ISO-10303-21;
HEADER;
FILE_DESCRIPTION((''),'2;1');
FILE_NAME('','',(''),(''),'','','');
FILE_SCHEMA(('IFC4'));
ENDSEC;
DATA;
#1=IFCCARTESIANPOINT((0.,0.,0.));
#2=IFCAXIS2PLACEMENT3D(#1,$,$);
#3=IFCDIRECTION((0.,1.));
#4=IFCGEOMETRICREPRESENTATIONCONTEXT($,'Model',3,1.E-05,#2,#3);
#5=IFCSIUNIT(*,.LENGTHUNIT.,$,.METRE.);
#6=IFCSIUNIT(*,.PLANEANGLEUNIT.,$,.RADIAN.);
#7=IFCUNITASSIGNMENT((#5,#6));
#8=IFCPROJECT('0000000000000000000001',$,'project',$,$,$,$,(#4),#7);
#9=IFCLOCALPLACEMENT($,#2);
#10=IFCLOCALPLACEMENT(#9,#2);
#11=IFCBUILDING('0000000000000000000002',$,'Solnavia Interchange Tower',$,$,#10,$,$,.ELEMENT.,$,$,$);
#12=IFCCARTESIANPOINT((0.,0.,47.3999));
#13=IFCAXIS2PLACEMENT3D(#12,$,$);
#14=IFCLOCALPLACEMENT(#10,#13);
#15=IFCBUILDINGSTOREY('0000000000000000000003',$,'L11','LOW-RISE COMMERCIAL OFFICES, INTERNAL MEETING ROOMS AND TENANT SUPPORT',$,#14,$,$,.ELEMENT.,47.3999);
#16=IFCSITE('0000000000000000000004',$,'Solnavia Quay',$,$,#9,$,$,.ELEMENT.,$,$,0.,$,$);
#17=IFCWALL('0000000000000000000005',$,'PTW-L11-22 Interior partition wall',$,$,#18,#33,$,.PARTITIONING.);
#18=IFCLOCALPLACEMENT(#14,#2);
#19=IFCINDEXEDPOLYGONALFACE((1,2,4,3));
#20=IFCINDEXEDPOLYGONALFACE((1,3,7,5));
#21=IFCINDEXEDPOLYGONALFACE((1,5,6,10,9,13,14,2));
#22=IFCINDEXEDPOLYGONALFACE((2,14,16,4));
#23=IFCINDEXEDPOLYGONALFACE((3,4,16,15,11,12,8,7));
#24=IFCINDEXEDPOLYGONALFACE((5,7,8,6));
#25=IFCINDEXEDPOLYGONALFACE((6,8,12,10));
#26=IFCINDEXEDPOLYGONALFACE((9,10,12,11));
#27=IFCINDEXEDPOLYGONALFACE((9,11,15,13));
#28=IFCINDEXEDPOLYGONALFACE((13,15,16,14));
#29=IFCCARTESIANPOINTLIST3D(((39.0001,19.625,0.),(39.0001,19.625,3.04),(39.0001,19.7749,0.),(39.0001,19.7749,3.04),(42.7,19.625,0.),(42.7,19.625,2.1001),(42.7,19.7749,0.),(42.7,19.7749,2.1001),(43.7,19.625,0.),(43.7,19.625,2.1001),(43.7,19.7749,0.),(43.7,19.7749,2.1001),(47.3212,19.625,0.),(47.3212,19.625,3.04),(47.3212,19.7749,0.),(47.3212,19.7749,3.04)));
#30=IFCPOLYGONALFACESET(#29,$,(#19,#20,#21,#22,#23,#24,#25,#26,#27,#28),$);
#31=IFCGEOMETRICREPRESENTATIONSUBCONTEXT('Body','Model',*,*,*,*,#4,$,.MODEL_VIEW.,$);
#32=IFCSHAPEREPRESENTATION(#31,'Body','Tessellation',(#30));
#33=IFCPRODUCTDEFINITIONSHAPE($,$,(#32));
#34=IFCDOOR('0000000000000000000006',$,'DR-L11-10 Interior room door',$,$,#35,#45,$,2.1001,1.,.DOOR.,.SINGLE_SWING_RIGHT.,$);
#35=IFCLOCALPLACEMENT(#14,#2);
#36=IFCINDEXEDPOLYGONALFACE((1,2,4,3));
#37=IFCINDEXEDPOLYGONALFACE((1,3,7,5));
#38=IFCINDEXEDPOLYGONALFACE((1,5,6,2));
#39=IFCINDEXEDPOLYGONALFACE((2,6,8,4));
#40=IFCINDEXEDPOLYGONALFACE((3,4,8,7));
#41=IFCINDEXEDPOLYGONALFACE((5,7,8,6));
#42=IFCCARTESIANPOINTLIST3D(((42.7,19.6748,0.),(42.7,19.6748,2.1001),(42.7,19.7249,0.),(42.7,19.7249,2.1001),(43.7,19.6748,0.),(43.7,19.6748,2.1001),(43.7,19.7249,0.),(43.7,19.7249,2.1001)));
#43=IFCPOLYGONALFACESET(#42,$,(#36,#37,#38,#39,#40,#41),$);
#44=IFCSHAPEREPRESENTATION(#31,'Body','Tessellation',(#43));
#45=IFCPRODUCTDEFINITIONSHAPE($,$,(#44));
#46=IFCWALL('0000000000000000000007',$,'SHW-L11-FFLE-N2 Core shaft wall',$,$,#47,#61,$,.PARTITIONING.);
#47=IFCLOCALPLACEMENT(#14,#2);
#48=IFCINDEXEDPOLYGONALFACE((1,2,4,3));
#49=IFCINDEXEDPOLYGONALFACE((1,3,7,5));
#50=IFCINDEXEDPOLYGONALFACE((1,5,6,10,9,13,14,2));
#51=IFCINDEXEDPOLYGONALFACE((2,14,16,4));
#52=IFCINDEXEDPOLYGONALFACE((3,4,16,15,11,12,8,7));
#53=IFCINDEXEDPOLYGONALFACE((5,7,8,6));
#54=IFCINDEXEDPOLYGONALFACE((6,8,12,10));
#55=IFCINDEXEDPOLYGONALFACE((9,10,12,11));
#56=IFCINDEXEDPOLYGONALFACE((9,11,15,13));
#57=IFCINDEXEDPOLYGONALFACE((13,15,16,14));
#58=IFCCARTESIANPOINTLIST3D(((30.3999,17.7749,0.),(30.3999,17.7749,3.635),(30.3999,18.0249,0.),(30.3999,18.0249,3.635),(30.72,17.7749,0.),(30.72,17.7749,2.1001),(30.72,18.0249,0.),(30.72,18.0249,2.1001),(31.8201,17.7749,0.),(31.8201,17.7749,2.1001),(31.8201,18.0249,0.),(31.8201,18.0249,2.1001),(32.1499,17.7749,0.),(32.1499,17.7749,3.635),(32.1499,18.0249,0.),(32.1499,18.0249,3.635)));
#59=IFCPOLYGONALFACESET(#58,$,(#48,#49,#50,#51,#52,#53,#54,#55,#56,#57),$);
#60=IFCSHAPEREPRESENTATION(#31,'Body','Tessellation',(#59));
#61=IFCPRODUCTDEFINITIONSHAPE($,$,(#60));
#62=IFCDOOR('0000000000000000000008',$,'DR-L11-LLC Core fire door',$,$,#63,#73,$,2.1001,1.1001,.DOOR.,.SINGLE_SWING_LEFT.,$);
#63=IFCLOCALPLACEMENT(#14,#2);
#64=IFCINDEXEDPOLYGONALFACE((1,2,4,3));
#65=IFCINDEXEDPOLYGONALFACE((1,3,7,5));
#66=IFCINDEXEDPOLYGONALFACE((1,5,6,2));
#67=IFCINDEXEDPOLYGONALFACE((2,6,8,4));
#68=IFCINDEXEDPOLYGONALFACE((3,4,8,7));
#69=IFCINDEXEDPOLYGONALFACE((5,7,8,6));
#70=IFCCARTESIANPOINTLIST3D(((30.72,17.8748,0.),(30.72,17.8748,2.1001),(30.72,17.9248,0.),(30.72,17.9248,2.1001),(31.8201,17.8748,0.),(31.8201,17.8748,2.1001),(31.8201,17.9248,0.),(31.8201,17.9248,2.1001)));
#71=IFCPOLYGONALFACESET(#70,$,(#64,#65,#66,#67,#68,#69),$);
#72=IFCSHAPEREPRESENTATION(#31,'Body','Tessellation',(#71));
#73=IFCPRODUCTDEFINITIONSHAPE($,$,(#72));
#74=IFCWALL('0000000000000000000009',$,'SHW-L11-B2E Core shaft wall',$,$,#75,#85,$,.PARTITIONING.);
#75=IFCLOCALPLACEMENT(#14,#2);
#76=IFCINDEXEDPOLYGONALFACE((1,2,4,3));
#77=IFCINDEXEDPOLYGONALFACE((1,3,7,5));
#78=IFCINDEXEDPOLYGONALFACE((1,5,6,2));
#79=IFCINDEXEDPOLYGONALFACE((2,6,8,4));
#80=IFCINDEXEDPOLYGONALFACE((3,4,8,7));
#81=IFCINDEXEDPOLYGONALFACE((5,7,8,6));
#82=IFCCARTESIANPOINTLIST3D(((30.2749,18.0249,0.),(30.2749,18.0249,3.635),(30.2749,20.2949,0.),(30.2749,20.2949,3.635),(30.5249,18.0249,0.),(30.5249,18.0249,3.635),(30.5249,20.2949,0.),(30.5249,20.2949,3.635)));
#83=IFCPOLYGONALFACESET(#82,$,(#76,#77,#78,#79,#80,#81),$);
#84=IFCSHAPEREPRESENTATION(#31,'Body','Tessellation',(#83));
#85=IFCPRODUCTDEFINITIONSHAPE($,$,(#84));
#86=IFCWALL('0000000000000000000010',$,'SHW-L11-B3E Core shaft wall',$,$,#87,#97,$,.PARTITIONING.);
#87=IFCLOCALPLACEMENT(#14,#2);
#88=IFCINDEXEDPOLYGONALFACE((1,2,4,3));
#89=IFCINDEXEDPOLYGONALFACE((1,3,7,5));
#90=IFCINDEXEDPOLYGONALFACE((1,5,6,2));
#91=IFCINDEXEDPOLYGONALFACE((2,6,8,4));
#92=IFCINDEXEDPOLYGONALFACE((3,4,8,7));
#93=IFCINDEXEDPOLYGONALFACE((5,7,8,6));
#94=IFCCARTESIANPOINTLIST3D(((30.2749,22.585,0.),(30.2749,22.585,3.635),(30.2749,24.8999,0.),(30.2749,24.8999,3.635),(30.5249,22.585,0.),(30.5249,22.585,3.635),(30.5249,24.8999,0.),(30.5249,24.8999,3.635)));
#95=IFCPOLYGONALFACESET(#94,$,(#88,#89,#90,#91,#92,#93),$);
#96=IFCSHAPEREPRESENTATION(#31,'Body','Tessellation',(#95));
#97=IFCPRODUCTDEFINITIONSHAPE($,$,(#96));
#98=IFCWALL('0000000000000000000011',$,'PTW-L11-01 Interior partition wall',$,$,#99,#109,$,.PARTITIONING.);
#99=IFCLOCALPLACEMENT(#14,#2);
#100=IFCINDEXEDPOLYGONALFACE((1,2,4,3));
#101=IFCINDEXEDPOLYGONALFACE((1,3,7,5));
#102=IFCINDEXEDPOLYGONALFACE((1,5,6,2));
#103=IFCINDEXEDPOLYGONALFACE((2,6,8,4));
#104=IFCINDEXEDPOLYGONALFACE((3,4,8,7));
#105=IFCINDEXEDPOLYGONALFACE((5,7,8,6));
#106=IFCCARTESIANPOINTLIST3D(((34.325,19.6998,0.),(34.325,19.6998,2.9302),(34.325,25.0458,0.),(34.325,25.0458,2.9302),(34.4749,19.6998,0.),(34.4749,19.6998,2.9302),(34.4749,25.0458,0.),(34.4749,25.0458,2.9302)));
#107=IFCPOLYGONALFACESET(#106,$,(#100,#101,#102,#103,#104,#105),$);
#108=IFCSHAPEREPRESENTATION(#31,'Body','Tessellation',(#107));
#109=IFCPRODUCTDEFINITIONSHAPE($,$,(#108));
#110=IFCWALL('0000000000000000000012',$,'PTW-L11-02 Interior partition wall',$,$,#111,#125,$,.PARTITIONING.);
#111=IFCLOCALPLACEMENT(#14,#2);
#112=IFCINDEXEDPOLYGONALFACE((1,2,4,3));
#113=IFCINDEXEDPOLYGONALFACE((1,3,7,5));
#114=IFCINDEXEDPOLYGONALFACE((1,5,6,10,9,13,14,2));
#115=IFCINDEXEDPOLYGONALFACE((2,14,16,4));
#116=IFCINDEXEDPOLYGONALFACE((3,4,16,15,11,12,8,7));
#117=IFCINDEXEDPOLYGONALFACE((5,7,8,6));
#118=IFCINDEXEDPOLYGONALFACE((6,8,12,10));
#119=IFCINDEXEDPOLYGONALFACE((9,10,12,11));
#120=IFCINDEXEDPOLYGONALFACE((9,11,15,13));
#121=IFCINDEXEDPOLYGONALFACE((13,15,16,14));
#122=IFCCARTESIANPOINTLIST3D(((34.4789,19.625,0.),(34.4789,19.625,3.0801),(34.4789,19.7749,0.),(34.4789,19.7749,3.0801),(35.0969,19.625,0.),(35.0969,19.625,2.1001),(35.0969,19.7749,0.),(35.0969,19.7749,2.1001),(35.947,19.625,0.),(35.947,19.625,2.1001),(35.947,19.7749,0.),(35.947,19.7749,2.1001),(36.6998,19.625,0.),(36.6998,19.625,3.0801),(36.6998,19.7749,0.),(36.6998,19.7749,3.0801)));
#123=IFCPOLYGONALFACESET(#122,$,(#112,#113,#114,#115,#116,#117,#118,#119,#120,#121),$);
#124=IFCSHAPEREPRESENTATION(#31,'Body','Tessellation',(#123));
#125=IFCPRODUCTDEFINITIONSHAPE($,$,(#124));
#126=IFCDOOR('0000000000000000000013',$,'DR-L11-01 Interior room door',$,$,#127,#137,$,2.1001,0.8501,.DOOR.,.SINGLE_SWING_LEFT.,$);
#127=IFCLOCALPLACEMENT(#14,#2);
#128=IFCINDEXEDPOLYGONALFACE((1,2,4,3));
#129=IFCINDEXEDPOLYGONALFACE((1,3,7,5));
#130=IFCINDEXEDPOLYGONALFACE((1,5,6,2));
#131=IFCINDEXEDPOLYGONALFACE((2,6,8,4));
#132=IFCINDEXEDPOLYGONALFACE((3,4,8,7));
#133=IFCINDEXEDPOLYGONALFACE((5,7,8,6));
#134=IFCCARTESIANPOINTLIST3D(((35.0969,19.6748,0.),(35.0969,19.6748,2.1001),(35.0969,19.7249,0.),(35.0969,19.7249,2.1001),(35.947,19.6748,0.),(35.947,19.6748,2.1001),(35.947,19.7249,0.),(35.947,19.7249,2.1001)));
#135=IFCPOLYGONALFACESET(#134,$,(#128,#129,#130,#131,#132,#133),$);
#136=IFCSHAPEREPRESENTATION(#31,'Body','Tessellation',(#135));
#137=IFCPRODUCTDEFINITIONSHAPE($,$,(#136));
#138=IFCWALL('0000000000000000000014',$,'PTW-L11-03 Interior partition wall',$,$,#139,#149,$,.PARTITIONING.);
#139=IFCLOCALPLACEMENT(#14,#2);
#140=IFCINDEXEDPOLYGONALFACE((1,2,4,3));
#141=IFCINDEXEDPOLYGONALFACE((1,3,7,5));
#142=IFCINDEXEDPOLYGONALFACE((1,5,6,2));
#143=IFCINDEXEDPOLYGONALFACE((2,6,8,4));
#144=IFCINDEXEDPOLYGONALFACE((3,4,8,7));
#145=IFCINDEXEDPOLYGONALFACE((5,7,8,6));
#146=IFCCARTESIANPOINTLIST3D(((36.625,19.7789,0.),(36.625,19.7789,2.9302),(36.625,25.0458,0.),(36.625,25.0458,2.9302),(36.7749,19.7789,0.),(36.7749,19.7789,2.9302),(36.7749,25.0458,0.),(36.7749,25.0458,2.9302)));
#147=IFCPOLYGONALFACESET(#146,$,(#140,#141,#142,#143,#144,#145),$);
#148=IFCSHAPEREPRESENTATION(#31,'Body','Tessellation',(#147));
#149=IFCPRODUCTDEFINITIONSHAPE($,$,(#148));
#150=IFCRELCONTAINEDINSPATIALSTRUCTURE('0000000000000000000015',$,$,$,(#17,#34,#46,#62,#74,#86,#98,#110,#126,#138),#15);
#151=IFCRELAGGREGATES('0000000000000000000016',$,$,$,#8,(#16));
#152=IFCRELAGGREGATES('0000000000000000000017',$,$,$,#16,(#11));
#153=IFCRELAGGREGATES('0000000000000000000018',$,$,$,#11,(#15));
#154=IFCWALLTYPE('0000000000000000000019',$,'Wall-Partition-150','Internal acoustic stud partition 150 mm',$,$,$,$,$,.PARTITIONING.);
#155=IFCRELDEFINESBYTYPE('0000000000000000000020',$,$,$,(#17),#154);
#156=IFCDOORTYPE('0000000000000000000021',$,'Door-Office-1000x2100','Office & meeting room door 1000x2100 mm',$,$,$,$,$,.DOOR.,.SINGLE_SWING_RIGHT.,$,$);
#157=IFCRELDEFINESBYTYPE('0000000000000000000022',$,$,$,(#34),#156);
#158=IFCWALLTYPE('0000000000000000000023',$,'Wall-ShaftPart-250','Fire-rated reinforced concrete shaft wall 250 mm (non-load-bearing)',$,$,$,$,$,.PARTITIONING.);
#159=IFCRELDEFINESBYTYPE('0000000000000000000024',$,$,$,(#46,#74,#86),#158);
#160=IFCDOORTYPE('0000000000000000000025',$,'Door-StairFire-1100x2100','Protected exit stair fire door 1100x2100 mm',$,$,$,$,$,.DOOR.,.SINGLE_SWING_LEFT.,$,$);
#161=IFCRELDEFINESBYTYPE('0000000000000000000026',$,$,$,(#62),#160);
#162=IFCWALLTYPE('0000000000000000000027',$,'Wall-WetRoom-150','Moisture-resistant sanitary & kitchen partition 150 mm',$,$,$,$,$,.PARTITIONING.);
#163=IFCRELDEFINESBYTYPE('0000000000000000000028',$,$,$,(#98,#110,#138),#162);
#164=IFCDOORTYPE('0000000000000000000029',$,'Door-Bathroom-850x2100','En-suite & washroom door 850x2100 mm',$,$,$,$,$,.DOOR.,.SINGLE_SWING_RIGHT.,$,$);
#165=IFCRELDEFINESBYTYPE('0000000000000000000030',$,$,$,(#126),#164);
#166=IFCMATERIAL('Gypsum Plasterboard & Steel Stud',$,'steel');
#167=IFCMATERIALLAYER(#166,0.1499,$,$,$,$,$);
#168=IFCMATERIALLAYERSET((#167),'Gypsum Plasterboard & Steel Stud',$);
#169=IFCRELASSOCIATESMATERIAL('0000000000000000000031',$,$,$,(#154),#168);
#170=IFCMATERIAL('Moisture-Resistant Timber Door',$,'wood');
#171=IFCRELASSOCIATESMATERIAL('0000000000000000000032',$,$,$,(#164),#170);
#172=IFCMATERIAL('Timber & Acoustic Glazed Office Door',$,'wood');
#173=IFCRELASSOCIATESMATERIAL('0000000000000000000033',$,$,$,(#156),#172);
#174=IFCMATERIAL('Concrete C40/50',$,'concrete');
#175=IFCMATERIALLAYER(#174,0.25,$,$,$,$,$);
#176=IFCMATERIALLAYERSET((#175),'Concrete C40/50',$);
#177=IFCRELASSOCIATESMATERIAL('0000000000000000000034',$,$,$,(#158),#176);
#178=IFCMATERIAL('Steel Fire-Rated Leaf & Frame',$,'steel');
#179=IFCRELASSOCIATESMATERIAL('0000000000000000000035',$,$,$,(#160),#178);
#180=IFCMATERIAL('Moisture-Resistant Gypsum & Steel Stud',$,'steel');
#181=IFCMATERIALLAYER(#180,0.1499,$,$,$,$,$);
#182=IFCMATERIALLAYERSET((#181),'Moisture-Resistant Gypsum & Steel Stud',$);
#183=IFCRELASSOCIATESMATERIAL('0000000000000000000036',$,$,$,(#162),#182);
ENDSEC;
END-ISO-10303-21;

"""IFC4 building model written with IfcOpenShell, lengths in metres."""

from ifc_helpers import new_model, si_unit, direction, frame, frame_2d, origin, place, context, subcontext, project, spatial, rectangle, extrude, material, layer, layer_set, type_object, element, fill, save


model = new_model("IFC4")

# Units and contexts
model_context = context("Model", 3, precision=1e-05, world=origin(), true_north=direction((0.0, 1.0)))
body_context = subcontext(model_context, "Body", "Model", "MODEL_VIEW")
ifc_project = project(units=[si_unit("LENGTHUNIT", "METRE"), si_unit("PLANEANGLEUNIT", "RADIAN")], contexts=[model_context])

# Site, building, storey
site_placement = place(None, origin())
site = spatial("IfcSite", under=ifc_project, at=site_placement, Name="Solnavia Quay", CompositionType="ELEMENT", RefElevation=0.0)
building_placement = place(site_placement, origin())
building = spatial("IfcBuilding", under=site, at=building_placement, Name="Solnavia Interchange Tower", CompositionType="ELEMENT")
storey_placement = place(building_placement, frame((0.0, 0.0, 47.3999)))
storey = spatial("IfcBuildingStorey", under=building, at=storey_placement, Name="L11", Description="LOW-RISE COMMERCIAL OFFICES, INTERNAL MEETING ROOMS AND TENANT SUPPORT", CompositionType="ELEMENT", Elevation=47.3999)

# Shared definitions
ifc_material_1 = material(Name="Concrete C40/50", Category="concrete")

# Walls, openings, doors
ifc_material_2 = material(Name="Gypsum Plasterboard & Steel Stud", Category="steel")
ifc_layer_1 = layer(ifc_material_2, 0.1499)
ifc_layer_set_1 = layer_set([ifc_layer_1], Name="Gypsum Plasterboard & Steel Stud")
wall_type_1 = type_object("IfcWallType", Name="Wall-Partition-150", Description="Internal acoustic stud partition 150 mm", PredefinedType="PARTITIONING", material=ifc_layer_set_1)
ifc_material_3 = material(Name="Moisture-Resistant Timber Door", Category="wood")
door_type_1 = type_object("IfcDoorType", Name="Door-Bathroom-850x2100", Description="En-suite & washroom door 850x2100 mm", OperationType="SINGLE_SWING_RIGHT", PredefinedType="DOOR", material=ifc_material_3)
wall_1_placement = place(storey_placement, frame((39.0, 19.7, 0.0), z_axis=(0.0, 0.0, 1.0), x_axis=(1.0, 0.0, 0.0)))
wall_1 = element("IfcWall", 1, at=wall_1_placement, inside=storey, type_object=wall_type_1, Name="PTW-L11-22 Interior partition wall", PredefinedType="PARTITIONING", context=body_context, shape_type="SweptSolid", body=[
    extrude(rectangle(XDim=8.321, YDim=0.1499, at=frame_2d((4.1606, 0.0))), origin(), (0.0, 0.0, 1.0), 3.04),
])
opening_1_placement = place(wall_1_placement, frame((3.7, 0.0, 0.0)))
opening_1 = element("IfcOpeningElement", 2, at=opening_1_placement, cuts=wall_1, PredefinedType="OPENING", context=body_context, shape_type="SweptSolid", body=[
    extrude(rectangle(XDim=1.0, YDim=2.1001, at=frame_2d((0.5, 1.05))), frame((0.0, 0.085, 0.0), z_axis=(0.0, -1.0, 0.0), x_axis=(1.0, 0.0, 0.0)), (0.0, 0.0, 1.0), 0.1699),
])
ifc_material_4 = material(Name="Timber & Acoustic Glazed Office Door", Category="wood")
door_type_2 = type_object("IfcDoorType", Name="Door-Office-1000x2100", Description="Office & meeting room door 1000x2100 mm", OperationType="SINGLE_SWING_RIGHT", PredefinedType="DOOR", material=ifc_material_4)
door_1_placement = place(opening_1_placement, origin())
door_1 = element("IfcDoor", 3, at=door_1_placement, inside=storey, type_object=door_type_2, Name="DR-L11-10 Interior room door", OperationType="SINGLE_SWING_RIGHT", OverallHeight=2.1001, OverallWidth=1.0, PredefinedType="DOOR", context=body_context, shape_type="SweptSolid", body=[
    extrude(rectangle(XDim=1.0, YDim=2.1001, at=frame_2d((0.5, 1.05))), frame((0.0, 0.0249, 0.0), z_axis=(0.0, -1.0, 0.0), x_axis=(1.0, 0.0, 0.0)), (0.0, 0.0, 1.0), 0.05),
])
fill(opening_1, door_1)
ifc_layer_2 = layer(ifc_material_1, 0.25)
ifc_layer_set_2 = layer_set([ifc_layer_2], Name="Concrete C40/50")
wall_type_2 = type_object("IfcWallType", Name="Wall-ShaftPart-250", Description="Fire-rated reinforced concrete shaft wall 250 mm (non-load-bearing)", PredefinedType="PARTITIONING", material=ifc_layer_set_2)
wall_2_placement = place(storey_placement, frame((30.3999, 17.8999, 0.0), z_axis=(0.0, 0.0, 1.0), x_axis=(1.0, 0.0, 0.0)))
wall_2 = element("IfcWall", 4, at=wall_2_placement, inside=storey, type_object=wall_type_2, Name="SHW-L11-FFLE-N2 Core shaft wall", PredefinedType="PARTITIONING", context=body_context, shape_type="SweptSolid", body=[
    extrude(rectangle(XDim=1.75, YDim=0.25, at=frame_2d((0.875, 0.0))), origin(), (0.0, 0.0, 1.0), 3.635),
])
opening_2_placement = place(wall_2_placement, frame((0.3201, 0.0, 0.0)))
opening_2 = element("IfcOpeningElement", 5, at=opening_2_placement, cuts=wall_2, PredefinedType="OPENING", context=body_context, shape_type="SweptSolid", body=[
    extrude(rectangle(XDim=1.1001, YDim=2.1001, at=frame_2d((0.55, 1.05))), frame((0.0, 0.135, 0.0), z_axis=(0.0, -1.0, 0.0), x_axis=(1.0, 0.0, 0.0)), (0.0, 0.0, 1.0), 0.27),
])
ifc_material_5 = material(Name="Steel Fire-Rated Leaf & Frame", Category="steel")
door_type_3 = type_object("IfcDoorType", Name="Door-StairFire-1100x2100", Description="Protected exit stair fire door 1100x2100 mm", OperationType="SINGLE_SWING_LEFT", PredefinedType="DOOR", material=ifc_material_5)
door_2_placement = place(opening_2_placement, origin())
door_2 = element("IfcDoor", 6, at=door_2_placement, inside=storey, type_object=door_type_3, Name="DR-L11-LLC Core fire door", OperationType="SINGLE_SWING_LEFT", OverallHeight=2.1001, OverallWidth=1.1001, PredefinedType="DOOR", context=body_context, shape_type="SweptSolid", body=[
    extrude(rectangle(XDim=1.1001, YDim=2.1001, at=frame_2d((0.55, 1.05))), frame((0.0, 0.0249, 0.0), z_axis=(0.0, -1.0, 0.0), x_axis=(1.0, 0.0, 0.0)), (0.0, 0.0, 1.0), 0.05),
])
fill(opening_2, door_2)

# Walls
wall_3_placement = place(storey_placement, frame((30.3999, 18.0249, 0.0), z_axis=(0.0, 0.0, 1.0), x_axis=(0.0, 1.0, 0.0)))
element("IfcWall", 7, at=wall_3_placement, inside=storey, type_object=wall_type_2, Name="SHW-L11-B2E Core shaft wall", PredefinedType="PARTITIONING", context=body_context, shape_type="SweptSolid", body=[
    extrude(rectangle(XDim=2.27, YDim=0.25, at=frame_2d((1.135, 0.0))), origin(), (0.0, 0.0, 1.0), 3.635),
])
wall_4_placement = place(storey_placement, frame((30.3999, 22.585, 0.0), z_axis=(0.0, 0.0, 1.0), x_axis=(0.0, 1.0, 0.0)))
element("IfcWall", 8, at=wall_4_placement, inside=storey, type_object=wall_type_2, Name="SHW-L11-B3E Core shaft wall", PredefinedType="PARTITIONING", context=body_context, shape_type="SweptSolid", body=[
    extrude(rectangle(XDim=2.3149, YDim=0.25, at=frame_2d((1.1575, 0.0))), origin(), (0.0, 0.0, 1.0), 3.635),
])
ifc_material_6 = material(Name="Moisture-Resistant Gypsum & Steel Stud", Category="steel")
ifc_layer_3 = layer(ifc_material_6, 0.1499)
ifc_layer_set_3 = layer_set([ifc_layer_3], Name="Moisture-Resistant Gypsum & Steel Stud")
wall_type_3 = type_object("IfcWallType", Name="Wall-WetRoom-150", Description="Moisture-resistant sanitary & kitchen partition 150 mm", PredefinedType="PARTITIONING", material=ifc_layer_set_3)
wall_5_placement = place(storey_placement, frame((34.3999, 19.7, 0.0), z_axis=(0.0, 0.0, 1.0), x_axis=(0.0, 1.0, 0.0)))
element("IfcWall", 9, at=wall_5_placement, inside=storey, type_object=wall_type_3, Name="PTW-L11-01 Interior partition wall", PredefinedType="PARTITIONING", context=body_context, shape_type="SweptSolid", body=[
    extrude(rectangle(XDim=5.3459, YDim=0.1499, at=frame_2d((2.6729, 0.0))), origin(), (0.0, 0.0, 1.0), 2.9302),
])

# Wall, opening, door
wall_6_placement = place(storey_placement, frame((34.479, 19.7, 0.0), z_axis=(0.0, 0.0, 1.0), x_axis=(1.0, 0.0, 0.0)))
wall_6 = element("IfcWall", 10, at=wall_6_placement, inside=storey, type_object=wall_type_3, Name="PTW-L11-02 Interior partition wall", PredefinedType="PARTITIONING", context=body_context, shape_type="SweptSolid", body=[
    extrude(rectangle(XDim=2.2209, YDim=0.1499, at=frame_2d((1.1104, 0.0))), origin(), (0.0, 0.0, 1.0), 3.0801),
])
opening_3_placement = place(wall_6_placement, frame((0.6179, 0.0, 0.0)))
opening_3 = element("IfcOpeningElement", 11, at=opening_3_placement, cuts=wall_6, PredefinedType="OPENING", context=body_context, shape_type="SweptSolid", body=[
    extrude(rectangle(XDim=0.8501, YDim=2.1001, at=frame_2d((0.425, 1.05))), frame((0.0, 0.085, 0.0), z_axis=(0.0, -1.0, 0.0), x_axis=(1.0, 0.0, 0.0)), (0.0, 0.0, 1.0), 0.1699),
])
door_3_placement = place(opening_3_placement, origin())
door_3 = element("IfcDoor", 12, at=door_3_placement, inside=storey, type_object=door_type_1, Name="DR-L11-01 Interior room door", OperationType="SINGLE_SWING_LEFT", OverallHeight=2.1001, OverallWidth=0.8501, PredefinedType="DOOR", context=body_context, shape_type="SweptSolid", body=[
    extrude(rectangle(XDim=0.8501, YDim=2.1001, at=frame_2d((0.425, 1.05))), frame((0.0, 0.0249, 0.0), z_axis=(0.0, -1.0, 0.0), x_axis=(1.0, 0.0, 0.0)), (0.0, 0.0, 1.0), 0.05),
])
fill(opening_3, door_3)

# Wall
wall_7_placement = place(storey_placement, frame((36.7, 19.7791, 0.0), z_axis=(0.0, 0.0, 1.0), x_axis=(0.0, 1.0, 0.0)))
element("IfcWall", 13, at=wall_7_placement, inside=storey, type_object=wall_type_3, Name="PTW-L11-03 Interior partition wall", PredefinedType="PARTITIONING", context=body_context, shape_type="SweptSolid", body=[
    extrude(rectangle(XDim=5.2668, YDim=0.1499, at=frame_2d((2.6333, 0.0))), origin(), (0.0, 0.0, 1.0), 2.9302),
])

save(model, "model.ifc")
